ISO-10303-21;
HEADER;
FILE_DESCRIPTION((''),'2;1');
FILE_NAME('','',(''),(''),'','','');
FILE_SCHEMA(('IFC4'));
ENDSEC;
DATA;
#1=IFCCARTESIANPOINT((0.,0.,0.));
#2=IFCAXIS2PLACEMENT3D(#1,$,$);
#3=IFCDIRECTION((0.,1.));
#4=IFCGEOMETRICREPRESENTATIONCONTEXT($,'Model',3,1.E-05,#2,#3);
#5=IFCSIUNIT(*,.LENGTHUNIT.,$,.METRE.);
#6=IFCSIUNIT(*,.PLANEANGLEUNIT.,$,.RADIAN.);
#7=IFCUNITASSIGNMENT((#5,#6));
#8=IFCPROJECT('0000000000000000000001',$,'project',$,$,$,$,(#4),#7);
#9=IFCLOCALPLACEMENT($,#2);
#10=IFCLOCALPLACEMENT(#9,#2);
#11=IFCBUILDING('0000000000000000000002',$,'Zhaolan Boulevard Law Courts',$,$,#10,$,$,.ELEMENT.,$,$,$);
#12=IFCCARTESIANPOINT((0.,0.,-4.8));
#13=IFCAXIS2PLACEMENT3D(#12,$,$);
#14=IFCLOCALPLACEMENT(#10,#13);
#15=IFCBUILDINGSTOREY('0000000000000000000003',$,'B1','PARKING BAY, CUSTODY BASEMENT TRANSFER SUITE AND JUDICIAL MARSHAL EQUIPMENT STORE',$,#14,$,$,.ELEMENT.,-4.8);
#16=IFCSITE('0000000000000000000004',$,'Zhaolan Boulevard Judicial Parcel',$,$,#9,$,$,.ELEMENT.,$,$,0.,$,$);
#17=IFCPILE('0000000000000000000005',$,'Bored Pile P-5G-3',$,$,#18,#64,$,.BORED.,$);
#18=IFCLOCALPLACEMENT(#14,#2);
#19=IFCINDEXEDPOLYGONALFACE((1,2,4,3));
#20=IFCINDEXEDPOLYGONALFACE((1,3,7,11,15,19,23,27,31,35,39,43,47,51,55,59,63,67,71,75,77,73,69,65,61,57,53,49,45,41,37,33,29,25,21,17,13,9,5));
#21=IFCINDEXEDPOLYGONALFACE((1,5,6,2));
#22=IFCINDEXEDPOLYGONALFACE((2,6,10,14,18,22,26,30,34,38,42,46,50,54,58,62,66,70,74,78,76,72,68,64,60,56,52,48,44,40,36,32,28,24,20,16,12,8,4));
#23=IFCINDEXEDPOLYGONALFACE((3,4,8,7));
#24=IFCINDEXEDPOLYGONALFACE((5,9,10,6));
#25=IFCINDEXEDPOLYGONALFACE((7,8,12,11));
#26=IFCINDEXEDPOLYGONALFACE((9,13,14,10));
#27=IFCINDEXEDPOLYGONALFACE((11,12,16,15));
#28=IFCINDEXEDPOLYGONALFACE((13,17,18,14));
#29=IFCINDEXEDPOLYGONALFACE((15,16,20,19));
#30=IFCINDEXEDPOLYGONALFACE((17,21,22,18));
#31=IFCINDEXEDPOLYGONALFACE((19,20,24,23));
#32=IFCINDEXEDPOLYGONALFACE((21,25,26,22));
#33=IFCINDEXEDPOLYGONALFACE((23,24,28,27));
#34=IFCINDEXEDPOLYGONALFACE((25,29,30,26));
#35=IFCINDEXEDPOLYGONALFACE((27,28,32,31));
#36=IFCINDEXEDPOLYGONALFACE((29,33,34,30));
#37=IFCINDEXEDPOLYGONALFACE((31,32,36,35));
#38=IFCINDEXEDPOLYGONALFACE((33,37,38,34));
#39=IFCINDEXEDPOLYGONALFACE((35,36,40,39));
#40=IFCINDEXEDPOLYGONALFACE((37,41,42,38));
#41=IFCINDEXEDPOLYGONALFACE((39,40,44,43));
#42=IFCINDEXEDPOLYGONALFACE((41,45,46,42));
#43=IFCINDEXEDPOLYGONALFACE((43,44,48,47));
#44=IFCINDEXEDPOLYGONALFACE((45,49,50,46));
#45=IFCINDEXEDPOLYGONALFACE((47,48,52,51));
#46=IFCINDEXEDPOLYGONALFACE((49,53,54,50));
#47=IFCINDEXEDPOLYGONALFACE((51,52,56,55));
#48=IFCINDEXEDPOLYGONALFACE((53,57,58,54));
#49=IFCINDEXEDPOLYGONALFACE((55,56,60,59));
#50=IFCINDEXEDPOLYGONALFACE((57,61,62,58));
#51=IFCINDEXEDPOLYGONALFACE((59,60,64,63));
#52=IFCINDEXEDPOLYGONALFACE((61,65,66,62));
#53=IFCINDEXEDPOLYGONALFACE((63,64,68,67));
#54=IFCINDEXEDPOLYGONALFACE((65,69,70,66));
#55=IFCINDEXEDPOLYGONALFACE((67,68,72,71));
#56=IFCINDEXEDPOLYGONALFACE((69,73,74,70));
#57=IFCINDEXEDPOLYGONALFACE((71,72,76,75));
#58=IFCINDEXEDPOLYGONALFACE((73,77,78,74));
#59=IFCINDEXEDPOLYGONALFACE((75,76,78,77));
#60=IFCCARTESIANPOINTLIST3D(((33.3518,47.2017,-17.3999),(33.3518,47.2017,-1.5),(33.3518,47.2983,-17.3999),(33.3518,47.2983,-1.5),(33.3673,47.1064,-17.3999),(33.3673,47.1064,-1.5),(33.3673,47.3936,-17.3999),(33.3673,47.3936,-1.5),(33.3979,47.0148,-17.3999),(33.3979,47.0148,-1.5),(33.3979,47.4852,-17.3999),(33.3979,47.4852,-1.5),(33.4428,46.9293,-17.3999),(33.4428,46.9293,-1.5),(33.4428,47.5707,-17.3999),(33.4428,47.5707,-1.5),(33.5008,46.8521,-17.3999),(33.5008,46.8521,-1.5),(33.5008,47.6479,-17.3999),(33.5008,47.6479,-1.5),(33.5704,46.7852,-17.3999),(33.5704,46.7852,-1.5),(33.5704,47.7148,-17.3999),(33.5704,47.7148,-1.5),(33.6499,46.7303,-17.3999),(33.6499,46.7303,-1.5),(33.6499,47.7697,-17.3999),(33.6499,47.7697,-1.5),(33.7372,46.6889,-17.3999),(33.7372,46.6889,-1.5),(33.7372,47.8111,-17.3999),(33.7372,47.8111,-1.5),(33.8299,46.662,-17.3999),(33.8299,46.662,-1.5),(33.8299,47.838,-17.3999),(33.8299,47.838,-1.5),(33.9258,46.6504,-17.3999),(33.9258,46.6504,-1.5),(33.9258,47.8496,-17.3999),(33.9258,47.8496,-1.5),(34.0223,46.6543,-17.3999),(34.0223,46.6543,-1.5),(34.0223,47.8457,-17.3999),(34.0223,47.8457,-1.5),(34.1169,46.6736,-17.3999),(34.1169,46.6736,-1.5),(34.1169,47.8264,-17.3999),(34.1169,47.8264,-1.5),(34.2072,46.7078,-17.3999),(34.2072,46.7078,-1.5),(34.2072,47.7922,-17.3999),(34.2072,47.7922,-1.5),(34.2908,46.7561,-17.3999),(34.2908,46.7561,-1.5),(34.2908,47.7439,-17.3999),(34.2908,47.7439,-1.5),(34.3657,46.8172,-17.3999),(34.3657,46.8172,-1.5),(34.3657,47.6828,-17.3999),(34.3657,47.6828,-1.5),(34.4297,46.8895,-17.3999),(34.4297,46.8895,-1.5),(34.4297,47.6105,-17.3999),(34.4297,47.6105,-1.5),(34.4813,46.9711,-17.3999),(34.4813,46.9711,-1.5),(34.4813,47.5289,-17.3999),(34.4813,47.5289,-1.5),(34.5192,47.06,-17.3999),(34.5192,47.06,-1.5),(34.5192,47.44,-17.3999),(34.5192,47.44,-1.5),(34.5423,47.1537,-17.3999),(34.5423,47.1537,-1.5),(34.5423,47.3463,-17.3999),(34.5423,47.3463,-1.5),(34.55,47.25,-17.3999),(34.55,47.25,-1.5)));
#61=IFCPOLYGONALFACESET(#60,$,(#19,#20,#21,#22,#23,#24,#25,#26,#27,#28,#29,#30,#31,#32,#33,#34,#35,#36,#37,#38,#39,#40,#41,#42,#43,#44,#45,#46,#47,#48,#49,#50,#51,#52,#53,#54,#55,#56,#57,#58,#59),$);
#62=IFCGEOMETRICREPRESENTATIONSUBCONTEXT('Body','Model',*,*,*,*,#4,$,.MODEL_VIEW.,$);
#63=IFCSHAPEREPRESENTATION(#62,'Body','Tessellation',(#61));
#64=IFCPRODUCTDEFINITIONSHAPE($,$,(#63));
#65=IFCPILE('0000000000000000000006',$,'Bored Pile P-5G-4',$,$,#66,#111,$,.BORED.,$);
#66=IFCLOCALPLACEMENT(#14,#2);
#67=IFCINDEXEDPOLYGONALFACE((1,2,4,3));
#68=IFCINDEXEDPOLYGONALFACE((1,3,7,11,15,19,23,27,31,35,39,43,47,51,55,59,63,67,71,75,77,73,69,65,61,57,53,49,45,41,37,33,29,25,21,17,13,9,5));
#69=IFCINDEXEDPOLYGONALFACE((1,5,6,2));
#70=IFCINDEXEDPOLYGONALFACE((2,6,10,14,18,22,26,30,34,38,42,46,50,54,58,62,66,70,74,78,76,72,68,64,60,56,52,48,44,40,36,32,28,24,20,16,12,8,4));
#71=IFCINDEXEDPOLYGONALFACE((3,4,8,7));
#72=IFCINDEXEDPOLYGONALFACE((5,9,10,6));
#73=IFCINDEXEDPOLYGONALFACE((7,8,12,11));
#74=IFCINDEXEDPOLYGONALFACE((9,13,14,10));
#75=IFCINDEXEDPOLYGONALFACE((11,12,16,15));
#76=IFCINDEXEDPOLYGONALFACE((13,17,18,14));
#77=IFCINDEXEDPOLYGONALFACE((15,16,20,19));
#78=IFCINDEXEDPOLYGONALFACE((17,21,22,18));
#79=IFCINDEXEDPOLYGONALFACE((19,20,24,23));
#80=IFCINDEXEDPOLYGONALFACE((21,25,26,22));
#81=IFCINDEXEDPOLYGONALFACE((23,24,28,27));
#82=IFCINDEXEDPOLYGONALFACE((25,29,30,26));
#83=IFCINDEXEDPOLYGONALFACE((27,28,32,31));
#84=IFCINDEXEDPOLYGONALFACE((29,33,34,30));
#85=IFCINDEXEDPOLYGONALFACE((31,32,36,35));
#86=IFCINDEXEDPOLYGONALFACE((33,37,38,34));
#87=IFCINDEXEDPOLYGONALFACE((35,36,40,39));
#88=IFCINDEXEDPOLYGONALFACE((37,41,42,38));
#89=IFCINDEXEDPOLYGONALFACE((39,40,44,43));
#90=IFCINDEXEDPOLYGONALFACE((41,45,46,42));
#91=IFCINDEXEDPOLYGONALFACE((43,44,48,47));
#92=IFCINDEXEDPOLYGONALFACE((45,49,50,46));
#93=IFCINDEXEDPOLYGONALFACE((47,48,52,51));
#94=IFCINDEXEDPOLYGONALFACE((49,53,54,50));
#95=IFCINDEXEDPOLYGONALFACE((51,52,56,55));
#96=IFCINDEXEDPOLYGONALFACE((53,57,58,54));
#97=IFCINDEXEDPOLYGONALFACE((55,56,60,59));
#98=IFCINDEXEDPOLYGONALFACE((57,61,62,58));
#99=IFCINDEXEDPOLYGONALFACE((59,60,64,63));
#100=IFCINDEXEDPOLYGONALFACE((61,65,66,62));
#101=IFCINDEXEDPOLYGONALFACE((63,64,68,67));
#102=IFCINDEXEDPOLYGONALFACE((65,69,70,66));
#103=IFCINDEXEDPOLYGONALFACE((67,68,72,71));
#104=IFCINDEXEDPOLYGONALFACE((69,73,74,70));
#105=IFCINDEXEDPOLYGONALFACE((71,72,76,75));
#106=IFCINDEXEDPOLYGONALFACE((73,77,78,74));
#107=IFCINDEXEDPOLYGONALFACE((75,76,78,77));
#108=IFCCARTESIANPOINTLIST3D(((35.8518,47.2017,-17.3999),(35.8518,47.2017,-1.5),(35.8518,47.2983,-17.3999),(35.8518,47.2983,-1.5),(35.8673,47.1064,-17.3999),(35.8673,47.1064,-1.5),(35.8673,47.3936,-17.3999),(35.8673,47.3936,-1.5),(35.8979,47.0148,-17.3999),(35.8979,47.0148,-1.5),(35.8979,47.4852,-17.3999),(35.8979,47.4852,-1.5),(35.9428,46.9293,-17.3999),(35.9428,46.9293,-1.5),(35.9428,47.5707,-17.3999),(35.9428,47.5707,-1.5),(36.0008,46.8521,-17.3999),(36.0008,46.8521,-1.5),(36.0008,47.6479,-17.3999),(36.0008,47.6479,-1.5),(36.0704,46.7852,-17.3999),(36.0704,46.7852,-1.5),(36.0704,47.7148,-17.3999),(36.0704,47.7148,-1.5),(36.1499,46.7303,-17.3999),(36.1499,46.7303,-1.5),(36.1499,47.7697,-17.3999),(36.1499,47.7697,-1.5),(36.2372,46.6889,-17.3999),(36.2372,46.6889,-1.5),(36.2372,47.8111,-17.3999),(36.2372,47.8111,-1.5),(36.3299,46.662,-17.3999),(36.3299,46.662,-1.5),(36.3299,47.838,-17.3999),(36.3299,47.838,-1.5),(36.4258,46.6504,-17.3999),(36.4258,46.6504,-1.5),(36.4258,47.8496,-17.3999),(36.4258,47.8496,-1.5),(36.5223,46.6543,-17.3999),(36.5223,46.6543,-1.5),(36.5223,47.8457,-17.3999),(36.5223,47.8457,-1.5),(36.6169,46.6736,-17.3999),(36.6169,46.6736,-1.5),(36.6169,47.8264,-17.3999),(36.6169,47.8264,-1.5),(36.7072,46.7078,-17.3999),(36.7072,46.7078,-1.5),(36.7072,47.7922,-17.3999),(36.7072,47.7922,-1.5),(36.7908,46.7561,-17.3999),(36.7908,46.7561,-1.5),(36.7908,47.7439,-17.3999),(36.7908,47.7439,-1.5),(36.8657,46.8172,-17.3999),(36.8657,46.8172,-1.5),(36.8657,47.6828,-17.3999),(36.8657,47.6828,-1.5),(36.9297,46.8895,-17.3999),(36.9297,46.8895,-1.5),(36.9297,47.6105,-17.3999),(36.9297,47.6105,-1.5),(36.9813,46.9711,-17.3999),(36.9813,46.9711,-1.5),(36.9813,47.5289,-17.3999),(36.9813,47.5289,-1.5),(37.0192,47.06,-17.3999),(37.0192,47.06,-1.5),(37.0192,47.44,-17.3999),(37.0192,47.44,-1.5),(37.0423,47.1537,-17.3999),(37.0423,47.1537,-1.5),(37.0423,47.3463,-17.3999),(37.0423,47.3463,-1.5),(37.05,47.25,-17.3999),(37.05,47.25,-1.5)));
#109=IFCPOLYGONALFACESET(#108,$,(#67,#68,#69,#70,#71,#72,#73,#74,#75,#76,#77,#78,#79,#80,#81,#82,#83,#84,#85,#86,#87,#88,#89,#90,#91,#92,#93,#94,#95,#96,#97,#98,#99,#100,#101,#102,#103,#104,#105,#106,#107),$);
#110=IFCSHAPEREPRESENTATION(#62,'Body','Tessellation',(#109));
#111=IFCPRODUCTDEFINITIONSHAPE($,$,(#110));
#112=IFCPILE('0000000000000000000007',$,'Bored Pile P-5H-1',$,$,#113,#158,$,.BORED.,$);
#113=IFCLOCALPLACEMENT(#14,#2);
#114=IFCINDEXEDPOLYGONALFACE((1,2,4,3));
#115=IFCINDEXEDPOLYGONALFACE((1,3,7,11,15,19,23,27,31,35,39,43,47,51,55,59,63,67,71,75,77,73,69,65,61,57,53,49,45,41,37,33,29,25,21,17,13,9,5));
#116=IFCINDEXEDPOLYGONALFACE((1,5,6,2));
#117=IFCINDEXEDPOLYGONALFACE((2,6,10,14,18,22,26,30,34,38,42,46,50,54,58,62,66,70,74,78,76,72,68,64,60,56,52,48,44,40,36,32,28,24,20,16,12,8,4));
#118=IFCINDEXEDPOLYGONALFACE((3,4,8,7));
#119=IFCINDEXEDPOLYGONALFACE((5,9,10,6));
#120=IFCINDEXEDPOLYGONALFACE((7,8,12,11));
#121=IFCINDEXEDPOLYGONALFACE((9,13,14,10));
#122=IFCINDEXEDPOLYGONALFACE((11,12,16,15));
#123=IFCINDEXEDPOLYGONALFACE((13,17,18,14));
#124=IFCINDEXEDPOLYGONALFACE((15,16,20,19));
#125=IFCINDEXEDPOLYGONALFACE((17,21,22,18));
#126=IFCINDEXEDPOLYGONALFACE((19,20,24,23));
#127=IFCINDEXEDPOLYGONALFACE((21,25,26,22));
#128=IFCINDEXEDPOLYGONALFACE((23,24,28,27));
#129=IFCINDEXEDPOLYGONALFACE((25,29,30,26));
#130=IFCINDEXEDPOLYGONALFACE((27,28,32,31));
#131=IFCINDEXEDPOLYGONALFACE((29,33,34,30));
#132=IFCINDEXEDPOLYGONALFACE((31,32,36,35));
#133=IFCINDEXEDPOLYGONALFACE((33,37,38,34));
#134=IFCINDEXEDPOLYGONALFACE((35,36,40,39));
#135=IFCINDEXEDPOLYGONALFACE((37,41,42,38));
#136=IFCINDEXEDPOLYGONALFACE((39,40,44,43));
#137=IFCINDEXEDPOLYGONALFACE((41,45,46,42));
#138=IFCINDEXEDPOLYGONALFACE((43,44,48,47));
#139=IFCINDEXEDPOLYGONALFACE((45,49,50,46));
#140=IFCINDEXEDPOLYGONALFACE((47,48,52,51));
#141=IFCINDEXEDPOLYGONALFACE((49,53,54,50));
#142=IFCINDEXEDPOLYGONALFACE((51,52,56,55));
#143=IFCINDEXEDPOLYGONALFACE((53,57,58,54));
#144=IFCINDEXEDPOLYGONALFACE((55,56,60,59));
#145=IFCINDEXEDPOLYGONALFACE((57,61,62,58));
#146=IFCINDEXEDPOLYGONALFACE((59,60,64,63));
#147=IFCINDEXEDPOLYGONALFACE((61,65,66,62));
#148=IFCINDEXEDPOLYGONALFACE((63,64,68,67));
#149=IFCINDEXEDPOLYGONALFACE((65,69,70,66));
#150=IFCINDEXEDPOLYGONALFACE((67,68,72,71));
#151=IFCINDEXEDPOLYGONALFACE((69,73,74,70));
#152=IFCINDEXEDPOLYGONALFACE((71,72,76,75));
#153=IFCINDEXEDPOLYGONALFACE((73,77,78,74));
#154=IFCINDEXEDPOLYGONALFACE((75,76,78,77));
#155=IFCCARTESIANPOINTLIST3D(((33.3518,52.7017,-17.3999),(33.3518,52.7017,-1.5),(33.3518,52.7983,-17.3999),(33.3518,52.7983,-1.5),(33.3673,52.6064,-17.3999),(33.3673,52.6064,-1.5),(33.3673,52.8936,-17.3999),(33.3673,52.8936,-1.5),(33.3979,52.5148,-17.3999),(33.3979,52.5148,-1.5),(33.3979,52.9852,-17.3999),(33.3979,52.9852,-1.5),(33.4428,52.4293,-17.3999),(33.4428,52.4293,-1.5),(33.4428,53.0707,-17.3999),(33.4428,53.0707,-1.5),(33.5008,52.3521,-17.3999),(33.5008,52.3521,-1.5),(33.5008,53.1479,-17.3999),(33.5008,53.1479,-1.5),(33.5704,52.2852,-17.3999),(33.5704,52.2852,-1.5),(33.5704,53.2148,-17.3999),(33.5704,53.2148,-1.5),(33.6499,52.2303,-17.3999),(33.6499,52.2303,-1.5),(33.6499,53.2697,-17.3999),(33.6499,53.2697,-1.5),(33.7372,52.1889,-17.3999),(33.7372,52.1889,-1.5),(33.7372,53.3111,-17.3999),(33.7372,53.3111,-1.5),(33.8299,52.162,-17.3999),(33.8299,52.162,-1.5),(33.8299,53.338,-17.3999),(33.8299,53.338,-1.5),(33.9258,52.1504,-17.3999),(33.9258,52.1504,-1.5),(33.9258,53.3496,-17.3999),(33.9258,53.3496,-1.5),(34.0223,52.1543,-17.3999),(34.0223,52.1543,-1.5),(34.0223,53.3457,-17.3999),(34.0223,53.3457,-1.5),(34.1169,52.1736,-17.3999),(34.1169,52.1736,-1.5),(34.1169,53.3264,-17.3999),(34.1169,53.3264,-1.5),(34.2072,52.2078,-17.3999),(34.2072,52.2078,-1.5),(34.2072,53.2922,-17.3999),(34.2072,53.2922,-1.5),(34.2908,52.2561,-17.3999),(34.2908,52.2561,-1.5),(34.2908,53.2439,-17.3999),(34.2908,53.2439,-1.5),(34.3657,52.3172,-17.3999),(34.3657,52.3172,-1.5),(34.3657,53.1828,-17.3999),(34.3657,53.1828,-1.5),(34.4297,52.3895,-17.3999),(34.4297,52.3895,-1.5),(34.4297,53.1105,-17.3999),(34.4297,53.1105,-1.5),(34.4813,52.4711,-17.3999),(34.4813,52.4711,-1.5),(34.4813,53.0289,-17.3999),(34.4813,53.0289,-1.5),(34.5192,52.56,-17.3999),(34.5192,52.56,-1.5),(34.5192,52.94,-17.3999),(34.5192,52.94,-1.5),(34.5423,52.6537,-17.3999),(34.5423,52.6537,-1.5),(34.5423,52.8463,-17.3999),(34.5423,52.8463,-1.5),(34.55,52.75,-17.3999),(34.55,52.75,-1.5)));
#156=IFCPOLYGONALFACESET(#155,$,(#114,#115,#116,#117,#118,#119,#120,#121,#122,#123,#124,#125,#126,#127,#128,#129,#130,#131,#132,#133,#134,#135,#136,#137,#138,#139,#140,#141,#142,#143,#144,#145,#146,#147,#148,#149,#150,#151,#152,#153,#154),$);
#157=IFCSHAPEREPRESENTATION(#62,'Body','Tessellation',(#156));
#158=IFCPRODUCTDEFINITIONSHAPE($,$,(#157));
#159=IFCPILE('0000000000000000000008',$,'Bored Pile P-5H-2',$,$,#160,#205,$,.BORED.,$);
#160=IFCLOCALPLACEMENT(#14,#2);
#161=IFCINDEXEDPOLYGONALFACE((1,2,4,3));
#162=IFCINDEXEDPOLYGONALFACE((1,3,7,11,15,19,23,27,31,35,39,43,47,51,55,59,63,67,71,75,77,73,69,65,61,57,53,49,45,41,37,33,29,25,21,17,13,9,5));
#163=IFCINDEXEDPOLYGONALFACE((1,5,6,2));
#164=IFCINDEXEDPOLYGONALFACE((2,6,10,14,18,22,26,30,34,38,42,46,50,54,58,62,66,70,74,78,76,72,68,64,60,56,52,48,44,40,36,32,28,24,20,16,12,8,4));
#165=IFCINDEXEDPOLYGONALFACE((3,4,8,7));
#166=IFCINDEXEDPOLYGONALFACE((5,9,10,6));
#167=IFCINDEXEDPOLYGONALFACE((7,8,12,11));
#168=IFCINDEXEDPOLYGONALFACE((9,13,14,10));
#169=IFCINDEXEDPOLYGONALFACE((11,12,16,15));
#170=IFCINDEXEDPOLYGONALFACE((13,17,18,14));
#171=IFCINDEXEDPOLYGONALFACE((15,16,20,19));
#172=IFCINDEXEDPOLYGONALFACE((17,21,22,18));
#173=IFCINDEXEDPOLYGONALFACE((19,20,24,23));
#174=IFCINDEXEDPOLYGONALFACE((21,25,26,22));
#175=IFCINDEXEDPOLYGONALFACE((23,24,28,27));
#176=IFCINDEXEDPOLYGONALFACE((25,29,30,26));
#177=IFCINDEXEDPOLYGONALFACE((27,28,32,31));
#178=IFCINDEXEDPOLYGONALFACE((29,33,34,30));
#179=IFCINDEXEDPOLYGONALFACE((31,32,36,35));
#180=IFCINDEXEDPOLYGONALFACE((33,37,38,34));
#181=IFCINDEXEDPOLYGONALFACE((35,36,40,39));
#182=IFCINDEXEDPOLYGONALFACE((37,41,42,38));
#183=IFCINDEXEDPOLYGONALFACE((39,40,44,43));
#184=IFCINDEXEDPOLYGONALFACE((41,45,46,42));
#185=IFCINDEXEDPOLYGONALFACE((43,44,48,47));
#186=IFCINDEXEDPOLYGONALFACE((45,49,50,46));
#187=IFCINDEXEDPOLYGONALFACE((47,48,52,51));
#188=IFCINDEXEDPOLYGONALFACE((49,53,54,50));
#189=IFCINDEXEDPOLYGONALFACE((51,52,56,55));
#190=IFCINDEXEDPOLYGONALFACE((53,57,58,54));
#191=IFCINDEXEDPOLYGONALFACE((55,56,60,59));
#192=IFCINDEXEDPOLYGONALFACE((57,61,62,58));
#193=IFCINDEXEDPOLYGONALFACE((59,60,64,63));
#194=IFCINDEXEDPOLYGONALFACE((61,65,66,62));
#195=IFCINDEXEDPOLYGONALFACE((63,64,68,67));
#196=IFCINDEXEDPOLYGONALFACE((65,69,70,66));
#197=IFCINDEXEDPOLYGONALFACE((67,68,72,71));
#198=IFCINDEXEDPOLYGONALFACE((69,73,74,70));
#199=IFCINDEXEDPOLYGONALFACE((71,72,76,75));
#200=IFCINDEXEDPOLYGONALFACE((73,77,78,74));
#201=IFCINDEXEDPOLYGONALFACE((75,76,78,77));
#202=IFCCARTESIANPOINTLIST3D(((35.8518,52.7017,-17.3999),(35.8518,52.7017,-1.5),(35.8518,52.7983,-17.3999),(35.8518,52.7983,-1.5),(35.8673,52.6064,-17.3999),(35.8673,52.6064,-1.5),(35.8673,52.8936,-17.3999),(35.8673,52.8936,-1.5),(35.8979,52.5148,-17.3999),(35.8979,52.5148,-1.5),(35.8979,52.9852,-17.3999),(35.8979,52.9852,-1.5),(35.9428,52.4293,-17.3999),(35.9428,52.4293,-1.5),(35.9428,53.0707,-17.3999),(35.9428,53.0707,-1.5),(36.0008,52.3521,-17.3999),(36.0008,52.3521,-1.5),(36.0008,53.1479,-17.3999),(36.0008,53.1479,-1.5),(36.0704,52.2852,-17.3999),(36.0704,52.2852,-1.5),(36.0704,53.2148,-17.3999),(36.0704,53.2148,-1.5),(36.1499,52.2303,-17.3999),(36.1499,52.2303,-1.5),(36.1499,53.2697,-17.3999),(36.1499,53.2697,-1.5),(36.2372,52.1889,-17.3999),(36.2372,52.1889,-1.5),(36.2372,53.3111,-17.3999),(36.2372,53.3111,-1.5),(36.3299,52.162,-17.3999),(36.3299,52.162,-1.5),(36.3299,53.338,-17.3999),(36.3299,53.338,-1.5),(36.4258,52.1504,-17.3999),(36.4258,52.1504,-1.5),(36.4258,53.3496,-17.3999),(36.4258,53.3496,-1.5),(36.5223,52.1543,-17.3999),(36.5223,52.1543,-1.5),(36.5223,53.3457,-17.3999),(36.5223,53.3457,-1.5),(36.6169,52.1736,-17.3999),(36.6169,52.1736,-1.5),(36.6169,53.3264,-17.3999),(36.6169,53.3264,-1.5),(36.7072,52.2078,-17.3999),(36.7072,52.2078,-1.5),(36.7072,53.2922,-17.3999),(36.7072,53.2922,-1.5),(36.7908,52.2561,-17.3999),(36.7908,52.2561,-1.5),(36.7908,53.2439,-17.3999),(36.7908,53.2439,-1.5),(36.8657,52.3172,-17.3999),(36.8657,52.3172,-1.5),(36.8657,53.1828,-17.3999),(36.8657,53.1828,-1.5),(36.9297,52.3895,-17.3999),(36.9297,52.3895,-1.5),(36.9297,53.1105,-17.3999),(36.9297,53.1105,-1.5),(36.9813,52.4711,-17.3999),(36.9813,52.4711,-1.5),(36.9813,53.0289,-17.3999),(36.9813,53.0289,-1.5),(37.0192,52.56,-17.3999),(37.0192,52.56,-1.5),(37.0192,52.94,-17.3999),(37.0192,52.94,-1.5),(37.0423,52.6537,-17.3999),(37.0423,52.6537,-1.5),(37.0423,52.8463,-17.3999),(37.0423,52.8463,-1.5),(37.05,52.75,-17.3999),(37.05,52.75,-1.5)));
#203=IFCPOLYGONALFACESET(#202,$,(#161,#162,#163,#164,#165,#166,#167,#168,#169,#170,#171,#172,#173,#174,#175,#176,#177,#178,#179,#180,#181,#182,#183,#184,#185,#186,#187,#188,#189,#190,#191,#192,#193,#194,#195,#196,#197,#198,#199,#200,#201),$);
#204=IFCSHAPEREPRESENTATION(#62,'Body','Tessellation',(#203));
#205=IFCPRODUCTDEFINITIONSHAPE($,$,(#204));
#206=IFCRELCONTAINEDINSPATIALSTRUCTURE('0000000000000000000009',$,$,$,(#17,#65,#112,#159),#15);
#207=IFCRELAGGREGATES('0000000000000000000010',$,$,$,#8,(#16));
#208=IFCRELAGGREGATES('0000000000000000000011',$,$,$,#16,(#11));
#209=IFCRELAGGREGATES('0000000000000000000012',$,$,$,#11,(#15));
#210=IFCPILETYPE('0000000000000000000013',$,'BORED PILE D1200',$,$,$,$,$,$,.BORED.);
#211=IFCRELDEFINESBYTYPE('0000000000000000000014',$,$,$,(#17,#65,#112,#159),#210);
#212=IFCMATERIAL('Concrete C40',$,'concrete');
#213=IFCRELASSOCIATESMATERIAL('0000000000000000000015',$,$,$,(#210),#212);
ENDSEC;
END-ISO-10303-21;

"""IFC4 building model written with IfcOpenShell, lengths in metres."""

from ifc_helpers import new_model, si_unit, direction, frame, origin, origin_2d, place, context, subcontext, project, spatial, circle, extrude, material, material_profile, profile_set, type_object, element, save


model = new_model("IFC4")

# Units and contexts
model_context = context("Model", 3, precision=1e-05, world=origin(), true_north=direction((0.0, 1.0)))
body_context = subcontext(model_context, "Body", "Model", "MODEL_VIEW")
ifc_project = project(units=[si_unit("LENGTHUNIT", "METRE"), si_unit("PLANEANGLEUNIT", "RADIAN")], contexts=[model_context])

# Site, building, storey
site_placement = place(None, origin())
site = spatial("IfcSite", under=ifc_project, at=site_placement, Name="Zhaolan Boulevard Judicial Parcel", CompositionType="ELEMENT", RefElevation=0.0)
building_placement = place(site_placement, origin())
building = spatial("IfcBuilding", under=site, at=building_placement, Name="Zhaolan Boulevard Law Courts", CompositionType="ELEMENT")
storey_placement = place(building_placement, frame((0.0, 0.0, -4.8)))
storey = spatial("IfcBuildingStorey", under=building, at=storey_placement, Name="B1", Description="PARKING BAY, CUSTODY BASEMENT TRANSFER SUITE AND JUDICIAL MARSHAL EQUIPMENT STORE", CompositionType="ELEMENT", Elevation=-4.8)

# Piles
ifc_material_1 = material(Name="Concrete C40", Category="concrete")
ifc_material_profile_1 = material_profile(ifc_material_1, circle(Radius=0.6001, at=origin_2d()), Name="PILE-D1200")
ifc_profile_set_1 = profile_set([ifc_material_profile_1], Name="Concrete C40")
pile_type_1 = type_object("IfcPileType", Name="BORED PILE D1200", PredefinedType="BORED", material=ifc_profile_set_1)
for number, where, z_axis, x_axis, name in (
    (1, (33.95, 47.25, -1.5), (0.0, 0.0, -1.0), (1.0, 0.0, 0.0), "Bored Pile P-5G-3"),
    (2, (36.45, 47.25, -1.5), (0.0, 0.0, -1.0), (1.0, 0.0, 0.0), "Bored Pile P-5G-4"),
    (3, (33.95, 52.75, -1.5), (0.0, 0.0, -1.0), (1.0, 0.0, 0.0), "Bored Pile P-5H-1"),
    (4, (36.45, 52.75, -1.5), (0.0, 0.0, -1.0), (1.0, 0.0, 0.0), "Bored Pile P-5H-2"),
):
    element("IfcPile", number, at=place(storey_placement, frame(where, z_axis=z_axis, x_axis=x_axis)), inside=storey, type_object=pile_type_1, Name=name, PredefinedType="BORED", context=body_context, shape_type="SweptSolid", body=[
        extrude(circle(Radius=0.6001, at=origin_2d()), origin(), (0.0, 0.0, 1.0), 15.8999),
    ])

save(model, "model.ifc")
